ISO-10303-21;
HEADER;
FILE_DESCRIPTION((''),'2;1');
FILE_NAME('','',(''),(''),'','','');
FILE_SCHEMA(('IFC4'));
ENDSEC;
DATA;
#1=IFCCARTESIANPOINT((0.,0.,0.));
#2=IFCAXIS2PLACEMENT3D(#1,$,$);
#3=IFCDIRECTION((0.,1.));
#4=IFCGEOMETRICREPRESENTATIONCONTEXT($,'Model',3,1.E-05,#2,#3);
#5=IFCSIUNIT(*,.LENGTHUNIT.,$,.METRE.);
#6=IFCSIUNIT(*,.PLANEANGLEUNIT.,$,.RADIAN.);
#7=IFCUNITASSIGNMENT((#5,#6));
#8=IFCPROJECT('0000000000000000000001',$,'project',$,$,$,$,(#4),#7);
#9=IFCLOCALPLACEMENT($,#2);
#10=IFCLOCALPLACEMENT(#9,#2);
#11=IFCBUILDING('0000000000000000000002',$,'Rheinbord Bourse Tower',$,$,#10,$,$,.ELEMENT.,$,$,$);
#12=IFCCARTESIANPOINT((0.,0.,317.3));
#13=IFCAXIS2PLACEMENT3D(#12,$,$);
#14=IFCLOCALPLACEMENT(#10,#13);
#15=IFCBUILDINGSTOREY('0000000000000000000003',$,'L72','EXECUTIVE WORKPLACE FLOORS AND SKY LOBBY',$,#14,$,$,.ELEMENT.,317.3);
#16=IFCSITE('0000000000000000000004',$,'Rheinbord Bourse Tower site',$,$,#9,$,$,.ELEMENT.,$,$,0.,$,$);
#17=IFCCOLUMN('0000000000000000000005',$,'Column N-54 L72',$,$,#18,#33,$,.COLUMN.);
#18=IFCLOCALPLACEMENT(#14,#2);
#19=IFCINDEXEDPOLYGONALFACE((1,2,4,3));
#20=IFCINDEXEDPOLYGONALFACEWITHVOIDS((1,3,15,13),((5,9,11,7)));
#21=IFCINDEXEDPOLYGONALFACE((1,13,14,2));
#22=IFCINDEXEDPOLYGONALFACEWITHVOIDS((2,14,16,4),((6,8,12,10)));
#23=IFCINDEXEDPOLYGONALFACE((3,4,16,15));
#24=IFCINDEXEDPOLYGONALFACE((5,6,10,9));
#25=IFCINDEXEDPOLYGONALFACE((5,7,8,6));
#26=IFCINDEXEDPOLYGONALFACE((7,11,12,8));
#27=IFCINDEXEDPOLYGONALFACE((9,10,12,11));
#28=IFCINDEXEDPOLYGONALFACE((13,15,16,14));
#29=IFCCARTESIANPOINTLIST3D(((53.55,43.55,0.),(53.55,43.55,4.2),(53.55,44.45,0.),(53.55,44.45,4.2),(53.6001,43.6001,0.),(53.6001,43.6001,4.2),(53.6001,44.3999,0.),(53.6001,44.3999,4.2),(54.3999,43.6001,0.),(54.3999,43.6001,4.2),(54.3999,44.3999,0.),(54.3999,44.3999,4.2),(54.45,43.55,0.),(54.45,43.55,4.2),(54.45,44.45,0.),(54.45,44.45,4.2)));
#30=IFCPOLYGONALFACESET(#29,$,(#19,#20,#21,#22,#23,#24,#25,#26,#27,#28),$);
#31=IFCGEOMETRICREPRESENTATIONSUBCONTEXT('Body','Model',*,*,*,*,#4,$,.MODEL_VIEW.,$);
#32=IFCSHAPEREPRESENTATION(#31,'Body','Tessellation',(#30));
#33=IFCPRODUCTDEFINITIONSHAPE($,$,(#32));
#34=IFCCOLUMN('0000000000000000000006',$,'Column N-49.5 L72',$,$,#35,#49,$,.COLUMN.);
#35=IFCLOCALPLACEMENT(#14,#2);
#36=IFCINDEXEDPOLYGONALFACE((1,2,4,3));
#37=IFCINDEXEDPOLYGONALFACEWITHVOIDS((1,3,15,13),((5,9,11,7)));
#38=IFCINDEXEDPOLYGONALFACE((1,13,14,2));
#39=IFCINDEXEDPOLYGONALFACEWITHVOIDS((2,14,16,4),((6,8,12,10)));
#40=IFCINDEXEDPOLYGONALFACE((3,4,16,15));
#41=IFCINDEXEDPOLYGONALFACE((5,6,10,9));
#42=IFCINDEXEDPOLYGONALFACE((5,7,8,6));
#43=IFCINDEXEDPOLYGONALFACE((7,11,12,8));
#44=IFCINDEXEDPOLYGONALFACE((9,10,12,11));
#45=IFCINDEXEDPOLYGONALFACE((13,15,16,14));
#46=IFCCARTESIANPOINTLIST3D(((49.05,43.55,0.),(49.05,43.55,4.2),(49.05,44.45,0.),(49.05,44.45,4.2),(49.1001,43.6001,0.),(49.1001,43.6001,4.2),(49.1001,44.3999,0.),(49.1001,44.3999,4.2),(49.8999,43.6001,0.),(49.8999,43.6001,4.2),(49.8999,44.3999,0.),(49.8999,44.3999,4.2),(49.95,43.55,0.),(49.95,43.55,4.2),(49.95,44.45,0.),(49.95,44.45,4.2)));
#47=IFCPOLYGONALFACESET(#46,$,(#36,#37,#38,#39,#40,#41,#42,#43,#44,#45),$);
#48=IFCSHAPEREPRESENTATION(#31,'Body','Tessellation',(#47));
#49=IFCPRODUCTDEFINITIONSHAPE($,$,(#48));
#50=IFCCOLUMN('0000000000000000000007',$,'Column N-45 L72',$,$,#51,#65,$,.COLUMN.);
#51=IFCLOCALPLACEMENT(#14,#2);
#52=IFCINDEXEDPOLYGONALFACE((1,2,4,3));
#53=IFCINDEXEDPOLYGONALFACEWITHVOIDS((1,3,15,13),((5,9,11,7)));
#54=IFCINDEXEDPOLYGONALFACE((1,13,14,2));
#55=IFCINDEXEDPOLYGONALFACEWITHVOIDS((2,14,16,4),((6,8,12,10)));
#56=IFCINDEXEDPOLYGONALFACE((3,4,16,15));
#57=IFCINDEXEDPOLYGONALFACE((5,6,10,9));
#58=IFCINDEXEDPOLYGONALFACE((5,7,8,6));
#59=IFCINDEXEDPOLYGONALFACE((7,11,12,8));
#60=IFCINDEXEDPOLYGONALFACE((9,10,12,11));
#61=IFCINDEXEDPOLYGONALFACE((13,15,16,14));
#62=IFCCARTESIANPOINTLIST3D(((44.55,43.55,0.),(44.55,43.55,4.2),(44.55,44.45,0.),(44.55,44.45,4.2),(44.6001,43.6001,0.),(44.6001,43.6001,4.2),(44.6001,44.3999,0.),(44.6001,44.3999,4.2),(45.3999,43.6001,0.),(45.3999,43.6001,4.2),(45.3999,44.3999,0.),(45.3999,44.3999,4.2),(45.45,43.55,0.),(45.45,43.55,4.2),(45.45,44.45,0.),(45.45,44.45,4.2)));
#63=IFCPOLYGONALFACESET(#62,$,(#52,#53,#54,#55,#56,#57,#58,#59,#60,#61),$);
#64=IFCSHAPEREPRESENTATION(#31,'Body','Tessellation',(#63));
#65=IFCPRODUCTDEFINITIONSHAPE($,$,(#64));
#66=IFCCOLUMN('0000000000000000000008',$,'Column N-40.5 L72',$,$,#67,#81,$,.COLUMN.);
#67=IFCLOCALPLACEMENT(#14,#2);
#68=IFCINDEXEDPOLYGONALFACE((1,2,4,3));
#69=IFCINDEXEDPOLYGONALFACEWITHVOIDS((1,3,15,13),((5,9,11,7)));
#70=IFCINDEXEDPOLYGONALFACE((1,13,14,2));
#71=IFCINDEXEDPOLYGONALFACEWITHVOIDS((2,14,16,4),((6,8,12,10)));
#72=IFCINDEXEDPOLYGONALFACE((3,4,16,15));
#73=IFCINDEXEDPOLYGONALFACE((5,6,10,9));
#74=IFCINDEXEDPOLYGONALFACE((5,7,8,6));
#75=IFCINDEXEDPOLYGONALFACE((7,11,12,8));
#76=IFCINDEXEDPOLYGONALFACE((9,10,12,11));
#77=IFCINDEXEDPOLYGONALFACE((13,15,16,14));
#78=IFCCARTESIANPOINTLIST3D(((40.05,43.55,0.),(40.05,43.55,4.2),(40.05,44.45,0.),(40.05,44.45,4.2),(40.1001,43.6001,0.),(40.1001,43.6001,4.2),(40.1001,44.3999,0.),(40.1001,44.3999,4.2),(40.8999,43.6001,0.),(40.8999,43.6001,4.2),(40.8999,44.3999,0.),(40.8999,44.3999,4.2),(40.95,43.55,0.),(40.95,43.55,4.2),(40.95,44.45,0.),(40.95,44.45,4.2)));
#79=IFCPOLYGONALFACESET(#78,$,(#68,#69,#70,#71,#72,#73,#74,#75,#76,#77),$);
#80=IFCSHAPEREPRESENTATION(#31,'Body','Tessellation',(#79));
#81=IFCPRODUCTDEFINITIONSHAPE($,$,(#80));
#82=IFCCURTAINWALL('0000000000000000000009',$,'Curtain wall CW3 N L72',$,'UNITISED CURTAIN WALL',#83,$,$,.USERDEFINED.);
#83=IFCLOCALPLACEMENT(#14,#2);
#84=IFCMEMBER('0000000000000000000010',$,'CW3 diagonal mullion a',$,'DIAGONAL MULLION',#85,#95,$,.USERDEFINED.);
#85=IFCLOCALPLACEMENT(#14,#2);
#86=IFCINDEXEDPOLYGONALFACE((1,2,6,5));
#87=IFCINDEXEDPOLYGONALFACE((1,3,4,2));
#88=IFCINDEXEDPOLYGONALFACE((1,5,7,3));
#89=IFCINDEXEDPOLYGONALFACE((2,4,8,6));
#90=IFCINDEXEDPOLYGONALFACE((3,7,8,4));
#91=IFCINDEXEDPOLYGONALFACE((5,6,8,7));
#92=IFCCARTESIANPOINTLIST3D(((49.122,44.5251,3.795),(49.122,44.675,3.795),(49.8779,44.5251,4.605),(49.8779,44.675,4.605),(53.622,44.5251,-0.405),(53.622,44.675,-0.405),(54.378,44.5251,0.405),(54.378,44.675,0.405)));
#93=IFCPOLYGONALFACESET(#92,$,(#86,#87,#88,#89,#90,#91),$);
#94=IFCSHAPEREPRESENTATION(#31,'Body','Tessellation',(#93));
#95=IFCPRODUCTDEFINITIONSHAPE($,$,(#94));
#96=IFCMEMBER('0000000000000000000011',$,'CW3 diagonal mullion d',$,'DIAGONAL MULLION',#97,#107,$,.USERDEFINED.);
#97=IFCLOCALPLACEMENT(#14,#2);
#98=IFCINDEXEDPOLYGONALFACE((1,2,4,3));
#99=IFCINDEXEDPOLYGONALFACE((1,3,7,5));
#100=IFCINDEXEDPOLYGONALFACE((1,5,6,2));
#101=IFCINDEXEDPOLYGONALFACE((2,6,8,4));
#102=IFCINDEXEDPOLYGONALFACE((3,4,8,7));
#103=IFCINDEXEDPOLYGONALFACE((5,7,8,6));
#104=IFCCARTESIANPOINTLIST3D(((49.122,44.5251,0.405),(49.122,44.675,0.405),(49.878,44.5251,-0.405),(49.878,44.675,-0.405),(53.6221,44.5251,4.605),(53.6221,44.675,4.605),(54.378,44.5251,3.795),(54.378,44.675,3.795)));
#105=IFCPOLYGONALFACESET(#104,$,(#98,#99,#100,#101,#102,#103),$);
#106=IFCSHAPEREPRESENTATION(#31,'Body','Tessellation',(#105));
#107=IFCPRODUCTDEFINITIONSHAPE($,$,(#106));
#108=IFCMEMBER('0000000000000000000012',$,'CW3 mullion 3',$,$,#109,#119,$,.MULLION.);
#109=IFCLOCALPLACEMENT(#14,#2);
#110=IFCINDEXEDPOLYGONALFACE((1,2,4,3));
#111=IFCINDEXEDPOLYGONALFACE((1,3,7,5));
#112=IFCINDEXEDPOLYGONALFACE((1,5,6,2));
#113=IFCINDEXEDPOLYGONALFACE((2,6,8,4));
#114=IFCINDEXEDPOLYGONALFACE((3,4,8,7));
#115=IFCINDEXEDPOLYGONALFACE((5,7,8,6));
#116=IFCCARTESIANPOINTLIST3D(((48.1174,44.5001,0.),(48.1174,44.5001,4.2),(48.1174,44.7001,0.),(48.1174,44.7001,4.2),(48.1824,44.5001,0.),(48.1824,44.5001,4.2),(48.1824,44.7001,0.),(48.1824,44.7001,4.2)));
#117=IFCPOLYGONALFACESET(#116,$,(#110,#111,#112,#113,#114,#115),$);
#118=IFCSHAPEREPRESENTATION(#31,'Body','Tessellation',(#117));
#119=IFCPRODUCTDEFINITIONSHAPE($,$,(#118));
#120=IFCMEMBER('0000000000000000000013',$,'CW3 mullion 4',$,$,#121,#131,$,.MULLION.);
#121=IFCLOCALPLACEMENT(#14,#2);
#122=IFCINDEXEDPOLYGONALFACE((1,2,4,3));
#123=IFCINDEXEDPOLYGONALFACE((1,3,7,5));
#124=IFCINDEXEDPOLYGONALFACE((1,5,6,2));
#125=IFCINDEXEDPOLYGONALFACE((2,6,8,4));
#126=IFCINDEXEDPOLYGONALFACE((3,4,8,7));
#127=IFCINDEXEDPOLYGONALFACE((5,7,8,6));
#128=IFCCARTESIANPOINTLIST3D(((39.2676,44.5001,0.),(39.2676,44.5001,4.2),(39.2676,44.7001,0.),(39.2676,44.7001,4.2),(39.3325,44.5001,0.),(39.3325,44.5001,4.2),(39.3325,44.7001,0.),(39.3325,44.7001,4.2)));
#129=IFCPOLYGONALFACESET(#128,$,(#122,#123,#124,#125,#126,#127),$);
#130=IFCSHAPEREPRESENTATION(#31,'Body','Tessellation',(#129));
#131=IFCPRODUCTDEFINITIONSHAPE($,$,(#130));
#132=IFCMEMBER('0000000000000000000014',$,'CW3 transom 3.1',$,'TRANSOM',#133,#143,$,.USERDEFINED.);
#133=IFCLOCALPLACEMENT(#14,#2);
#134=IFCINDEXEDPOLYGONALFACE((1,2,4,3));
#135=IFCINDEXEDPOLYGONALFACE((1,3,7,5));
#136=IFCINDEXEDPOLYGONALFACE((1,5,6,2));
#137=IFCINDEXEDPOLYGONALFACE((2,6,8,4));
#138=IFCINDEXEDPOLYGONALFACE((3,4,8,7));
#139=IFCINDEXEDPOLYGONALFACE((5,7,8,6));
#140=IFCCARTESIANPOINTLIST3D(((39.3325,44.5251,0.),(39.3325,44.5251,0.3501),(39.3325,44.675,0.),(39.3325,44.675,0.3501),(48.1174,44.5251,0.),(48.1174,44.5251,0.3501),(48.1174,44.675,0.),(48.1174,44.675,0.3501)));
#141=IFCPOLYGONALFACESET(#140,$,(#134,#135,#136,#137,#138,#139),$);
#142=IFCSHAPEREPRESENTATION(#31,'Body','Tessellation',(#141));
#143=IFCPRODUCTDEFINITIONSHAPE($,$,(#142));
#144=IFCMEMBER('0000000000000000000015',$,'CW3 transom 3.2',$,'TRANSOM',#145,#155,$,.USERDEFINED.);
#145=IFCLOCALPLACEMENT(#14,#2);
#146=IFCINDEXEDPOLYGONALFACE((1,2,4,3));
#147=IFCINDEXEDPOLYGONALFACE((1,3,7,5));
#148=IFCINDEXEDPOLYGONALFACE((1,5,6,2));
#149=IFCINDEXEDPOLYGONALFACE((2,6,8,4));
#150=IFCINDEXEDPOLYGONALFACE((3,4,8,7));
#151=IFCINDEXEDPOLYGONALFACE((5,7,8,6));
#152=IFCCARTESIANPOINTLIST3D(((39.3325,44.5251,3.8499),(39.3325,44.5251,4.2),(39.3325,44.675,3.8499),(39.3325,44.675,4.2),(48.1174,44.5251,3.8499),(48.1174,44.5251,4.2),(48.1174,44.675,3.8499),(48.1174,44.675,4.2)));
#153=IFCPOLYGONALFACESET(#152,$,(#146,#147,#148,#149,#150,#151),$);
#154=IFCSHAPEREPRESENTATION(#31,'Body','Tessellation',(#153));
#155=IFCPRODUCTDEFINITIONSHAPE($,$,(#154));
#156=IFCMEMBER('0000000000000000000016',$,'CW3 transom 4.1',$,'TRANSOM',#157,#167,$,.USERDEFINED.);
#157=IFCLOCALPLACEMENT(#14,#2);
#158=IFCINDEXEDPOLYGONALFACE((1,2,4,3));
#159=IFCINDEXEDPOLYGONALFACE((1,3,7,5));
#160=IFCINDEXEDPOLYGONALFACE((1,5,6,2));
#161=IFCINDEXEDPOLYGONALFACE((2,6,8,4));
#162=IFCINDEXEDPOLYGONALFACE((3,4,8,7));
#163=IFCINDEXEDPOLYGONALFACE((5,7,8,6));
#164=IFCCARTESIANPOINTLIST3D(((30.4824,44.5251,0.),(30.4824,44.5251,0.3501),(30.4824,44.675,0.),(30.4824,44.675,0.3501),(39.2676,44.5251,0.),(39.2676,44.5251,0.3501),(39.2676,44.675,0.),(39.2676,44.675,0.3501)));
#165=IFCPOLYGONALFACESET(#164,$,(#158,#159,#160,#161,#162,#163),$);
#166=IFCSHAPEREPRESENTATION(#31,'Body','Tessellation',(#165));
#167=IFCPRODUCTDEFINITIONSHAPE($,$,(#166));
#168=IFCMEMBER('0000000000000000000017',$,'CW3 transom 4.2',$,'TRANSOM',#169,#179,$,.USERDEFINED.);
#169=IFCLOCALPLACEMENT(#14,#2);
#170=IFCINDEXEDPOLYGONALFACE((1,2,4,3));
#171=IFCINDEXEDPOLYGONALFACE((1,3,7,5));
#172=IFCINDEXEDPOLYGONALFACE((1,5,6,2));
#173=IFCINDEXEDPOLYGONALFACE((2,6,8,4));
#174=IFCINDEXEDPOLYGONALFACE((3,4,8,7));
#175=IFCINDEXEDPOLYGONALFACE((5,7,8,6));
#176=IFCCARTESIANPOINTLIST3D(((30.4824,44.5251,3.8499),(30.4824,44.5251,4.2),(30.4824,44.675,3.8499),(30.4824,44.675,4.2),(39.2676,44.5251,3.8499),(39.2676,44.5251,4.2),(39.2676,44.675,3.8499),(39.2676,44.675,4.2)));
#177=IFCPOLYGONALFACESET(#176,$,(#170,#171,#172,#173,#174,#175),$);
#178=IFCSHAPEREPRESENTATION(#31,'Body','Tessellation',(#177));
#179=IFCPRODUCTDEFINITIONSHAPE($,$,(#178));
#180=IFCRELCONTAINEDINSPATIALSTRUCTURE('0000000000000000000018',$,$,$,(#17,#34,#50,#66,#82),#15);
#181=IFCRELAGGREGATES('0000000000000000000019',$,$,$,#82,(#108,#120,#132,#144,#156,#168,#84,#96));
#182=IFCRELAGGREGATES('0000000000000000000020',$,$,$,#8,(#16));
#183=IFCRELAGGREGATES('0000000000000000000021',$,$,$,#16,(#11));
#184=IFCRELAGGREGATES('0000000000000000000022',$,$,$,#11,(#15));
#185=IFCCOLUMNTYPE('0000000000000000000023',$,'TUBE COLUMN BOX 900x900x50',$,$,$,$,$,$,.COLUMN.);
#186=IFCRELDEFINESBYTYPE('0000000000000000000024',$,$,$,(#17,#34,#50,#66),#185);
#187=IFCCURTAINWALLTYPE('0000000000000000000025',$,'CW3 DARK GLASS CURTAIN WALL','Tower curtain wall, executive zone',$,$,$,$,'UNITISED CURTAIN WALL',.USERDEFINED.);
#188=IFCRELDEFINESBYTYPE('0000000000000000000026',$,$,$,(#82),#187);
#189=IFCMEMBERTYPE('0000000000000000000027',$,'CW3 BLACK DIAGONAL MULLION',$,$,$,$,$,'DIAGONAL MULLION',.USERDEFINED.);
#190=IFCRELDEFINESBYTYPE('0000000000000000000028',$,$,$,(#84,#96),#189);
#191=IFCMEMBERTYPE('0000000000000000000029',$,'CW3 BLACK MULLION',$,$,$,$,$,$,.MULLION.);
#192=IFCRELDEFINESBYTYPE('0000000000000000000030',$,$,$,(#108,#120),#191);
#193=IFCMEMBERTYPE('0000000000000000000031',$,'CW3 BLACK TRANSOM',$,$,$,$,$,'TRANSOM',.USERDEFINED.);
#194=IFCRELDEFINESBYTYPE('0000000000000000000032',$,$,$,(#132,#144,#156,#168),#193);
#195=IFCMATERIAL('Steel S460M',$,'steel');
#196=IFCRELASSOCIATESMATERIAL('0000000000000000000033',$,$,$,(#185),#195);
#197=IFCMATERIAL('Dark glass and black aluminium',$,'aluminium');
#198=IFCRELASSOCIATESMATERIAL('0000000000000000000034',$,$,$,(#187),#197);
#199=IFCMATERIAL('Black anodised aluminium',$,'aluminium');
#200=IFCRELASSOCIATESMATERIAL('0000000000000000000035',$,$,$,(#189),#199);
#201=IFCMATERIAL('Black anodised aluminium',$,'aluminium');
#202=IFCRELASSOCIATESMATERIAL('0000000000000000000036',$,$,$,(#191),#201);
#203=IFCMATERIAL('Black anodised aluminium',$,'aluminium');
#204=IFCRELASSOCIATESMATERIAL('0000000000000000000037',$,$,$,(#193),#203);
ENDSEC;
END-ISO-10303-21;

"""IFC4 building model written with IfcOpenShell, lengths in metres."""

from ifc_helpers import new_model, si_unit, direction, frame, origin, origin_2d, place, context, subcontext, project, spatial, rectangle, hollow_rectangle, extrude, material, material_profile, profile_set, type_object, element, aggregate, save


model = new_model("IFC4")

# Units and contexts
model_context = context("Model", 3, precision=1e-05, world=origin(), true_north=direction((0.0, 1.0)))
body_context = subcontext(model_context, "Body", "Model", "MODEL_VIEW")
ifc_project = project(units=[si_unit("LENGTHUNIT", "METRE"), si_unit("PLANEANGLEUNIT", "RADIAN")], contexts=[model_context])

# Site, building, storey
site_placement = place(None, origin())
site = spatial("IfcSite", under=ifc_project, at=site_placement, Name="Rheinbord Bourse Tower site", CompositionType="ELEMENT", RefElevation=0.0)
building_placement = place(site_placement, origin())
building = spatial("IfcBuilding", under=site, at=building_placement, Name="Rheinbord Bourse Tower", CompositionType="ELEMENT")
storey_placement = place(building_placement, frame((0.0, 0.0, 317.3)))
storey = spatial("IfcBuildingStorey", under=building, at=storey_placement, Name="L72", Description="EXECUTIVE WORKPLACE FLOORS AND SKY LOBBY", CompositionType="ELEMENT", Elevation=317.3)

# Columns
ifc_material_1 = material(Name="Steel S460M", Category="steel")
ifc_material_profile_1 = material_profile(ifc_material_1, hollow_rectangle(XDim=0.8999, YDim=0.8999, WallThickness=0.05, at=origin_2d()), Name="BOX 900x900x50")
ifc_profile_set_1 = profile_set([ifc_material_profile_1], Name="Steel S460M")
column_type = type_object("IfcColumnType", Name="TUBE COLUMN BOX 900x900x50", PredefinedType="COLUMN", material=ifc_profile_set_1)
for number, where, z_axis, x_axis, name in (
    (1, (54.0, 44.0, 0.0), (0.0, 0.0, 1.0), (0.0, 1.0, 0.0), "Column N-54 L72"),
    (2, (49.5, 44.0, 0.0), (0.0, 0.0, 1.0), (0.0, 1.0, 0.0), "Column N-49.5 L72"),
    (3, (45.0, 44.0, 0.0), (0.0, 0.0, 1.0), (0.0, 1.0, 0.0), "Column N-45 L72"),
    (4, (40.5, 44.0, 0.0), (0.0, 0.0, 1.0), (0.0, 1.0, 0.0), "Column N-40.5 L72"),
):
    element("IfcColumn", number, at=place(storey_placement, frame(where, z_axis=z_axis, x_axis=x_axis)), inside=storey, type_object=column_type, Name=name, PredefinedType="COLUMN", context=body_context, shape_type="SweptSolid", body=[
        extrude(hollow_rectangle(XDim=0.8999, YDim=0.8999, WallThickness=0.05, at=origin_2d()), origin(), (0.0, 0.0, 1.0), 4.2),
    ])

# Curtain wall, members
ifc_material_2 = material(Name="Dark glass and black aluminium", Category="aluminium")
curtain_wall_type = type_object("IfcCurtainWallType", Name="CW3 DARK GLASS CURTAIN WALL", Description="Tower curtain wall, executive zone", ElementType="UNITISED CURTAIN WALL", PredefinedType="USERDEFINED", material=ifc_material_2)
curtain_wall_placement = place(storey_placement, origin())
curtain_wall = element("IfcCurtainWall", 5, at=curtain_wall_placement, inside=storey, type_object=curtain_wall_type, Name="Curtain wall CW3 N L72", ObjectType="UNITISED CURTAIN WALL", PredefinedType="USERDEFINED")
ifc_material_3 = material(Name="Black anodised aluminium", Category="aluminium")
ifc_material_profile_2 = material_profile(ifc_material_3, rectangle(XDim=0.1499, YDim=1.1079, at=origin_2d()), Name="CW3 DIAGONAL MULLION 1108x150")
ifc_profile_set_2 = profile_set([ifc_material_profile_2], Name="Black anodised aluminium")
member_type_1 = type_object("IfcMemberType", Name="CW3 BLACK DIAGONAL MULLION", ElementType="DIAGONAL MULLION", PredefinedType="USERDEFINED", material=ifc_profile_set_2)
member_1_placement = place(storey_placement, frame((54.0, 44.6001, 0.0), z_axis=(-0.731059, 0.0, 0.682314), x_axis=(0.0, -1.0, 0.0)))
member_1 = element("IfcMember", 6, at=member_1_placement, type_object=member_type_1, Name="CW3 diagonal mullion a", ObjectType="DIAGONAL MULLION", PredefinedType="USERDEFINED", context=body_context, shape_type="SweptSolid", body=[
    extrude(rectangle(XDim=0.1499, YDim=1.1079, at=origin_2d()), origin(), (0.0, 0.0, 1.0), 6.1555),
])
member_2_placement = place(storey_placement, frame((49.5, 44.6001, 0.0), z_axis=(0.731059, 0.0, 0.682314), x_axis=(0.0, 1.0, 0.0)))
member_2 = element("IfcMember", 7, at=member_2_placement, type_object=member_type_1, Name="CW3 diagonal mullion d", ObjectType="DIAGONAL MULLION", PredefinedType="USERDEFINED", context=body_context, shape_type="SweptSolid", body=[
    extrude(rectangle(XDim=0.1499, YDim=1.1079, at=origin_2d()), origin(), (0.0, 0.0, 1.0), 6.1555),
])
ifc_material_4 = material(Name="Black anodised aluminium", Category="aluminium")
ifc_material_profile_3 = material_profile(ifc_material_4, rectangle(XDim=0.2, YDim=0.0649, at=origin_2d()), Name="CW3 MULLION 65x200")
ifc_profile_set_3 = profile_set([ifc_material_profile_3], Name="Black anodised aluminium")
member_type_2 = type_object("IfcMemberType", Name="CW3 BLACK MULLION", PredefinedType="MULLION", material=ifc_profile_set_3)
member_3_placement = place(storey_placement, frame((48.1499, 44.6001, 0.0), z_axis=(0.0, 0.0, 1.0), x_axis=(0.0, -1.0, 0.0)))
member_3 = element("IfcMember", 8, at=member_3_placement, type_object=member_type_2, Name="CW3 mullion 3", PredefinedType="MULLION", context=body_context, shape_type="SweptSolid", body=[
    extrude(rectangle(XDim=0.2, YDim=0.0649, at=origin_2d()), origin(), (0.0, 0.0, 1.0), 4.2),
])
member_4_placement = place(storey_placement, frame((39.3, 44.6001, 0.0), z_axis=(0.0, 0.0, 1.0), x_axis=(0.0, -1.0, 0.0)))
member_4 = element("IfcMember", 9, at=member_4_placement, type_object=member_type_2, Name="CW3 mullion 4", PredefinedType="MULLION", context=body_context, shape_type="SweptSolid", body=[
    extrude(rectangle(XDim=0.2, YDim=0.0649, at=origin_2d()), origin(), (0.0, 0.0, 1.0), 4.2),
])
ifc_material_5 = material(Name="Black anodised aluminium", Category="aluminium")
ifc_material_profile_4 = material_profile(ifc_material_5, rectangle(XDim=0.1499, YDim=0.3501, at=origin_2d()), Name="CW3 TRANSOM 350x150")
ifc_profile_set_4 = profile_set([ifc_material_profile_4], Name="Black anodised aluminium")
member_type_3 = type_object("IfcMemberType", Name="CW3 BLACK TRANSOM", ElementType="TRANSOM", PredefinedType="USERDEFINED", material=ifc_profile_set_4)
member_5_placement = place(storey_placement, frame((48.1174, 44.6001, 0.175), z_axis=(-1.0, 0.0, 0.0), x_axis=(0.0, -1.0, 0.0)))
member_5 = element("IfcMember", 10, at=member_5_placement, type_object=member_type_3, Name="CW3 transom 3.1", ObjectType="TRANSOM", PredefinedType="USERDEFINED", context=body_context, shape_type="SweptSolid", body=[
    extrude(rectangle(XDim=0.1499, YDim=0.3501, at=origin_2d()), origin(), (0.0, 0.0, 1.0), 8.7849),
])
member_6_placement = place(storey_placement, frame((48.1174, 44.6001, 4.0249), z_axis=(-1.0, 0.0, 0.0), x_axis=(0.0, -1.0, 0.0)))
member_6 = element("IfcMember", 11, at=member_6_placement, type_object=member_type_3, Name="CW3 transom 3.2", ObjectType="TRANSOM", PredefinedType="USERDEFINED", context=body_context, shape_type="SweptSolid", body=[
    extrude(rectangle(XDim=0.1499, YDim=0.3501, at=origin_2d()), origin(), (0.0, 0.0, 1.0), 8.7849),
])
member_7_placement = place(storey_placement, frame((39.2676, 44.6001, 0.175), z_axis=(-1.0, 0.0, 0.0), x_axis=(0.0, -1.0, 0.0)))
member_7 = element("IfcMember", 12, at=member_7_placement, type_object=member_type_3, Name="CW3 transom 4.1", ObjectType="TRANSOM", PredefinedType="USERDEFINED", context=body_context, shape_type="SweptSolid", body=[
    extrude(rectangle(XDim=0.1499, YDim=0.3501, at=origin_2d()), origin(), (0.0, 0.0, 1.0), 8.7852),
])
member_8_placement = place(storey_placement, frame((39.2676, 44.6001, 4.0249), z_axis=(-1.0, 0.0, 0.0), x_axis=(0.0, -1.0, 0.0)))
member_8 = element("IfcMember", 13, at=member_8_placement, type_object=member_type_3, Name="CW3 transom 4.2", ObjectType="TRANSOM", PredefinedType="USERDEFINED", context=body_context, shape_type="SweptSolid", body=[
    extrude(rectangle(XDim=0.1499, YDim=0.3501, at=origin_2d()), origin(), (0.0, 0.0, 1.0), 8.7852),
])

aggregate(curtain_wall, [member_3, member_4, member_5, member_6, member_7, member_8, member_1, member_2])

save(model, "model.ifc")
